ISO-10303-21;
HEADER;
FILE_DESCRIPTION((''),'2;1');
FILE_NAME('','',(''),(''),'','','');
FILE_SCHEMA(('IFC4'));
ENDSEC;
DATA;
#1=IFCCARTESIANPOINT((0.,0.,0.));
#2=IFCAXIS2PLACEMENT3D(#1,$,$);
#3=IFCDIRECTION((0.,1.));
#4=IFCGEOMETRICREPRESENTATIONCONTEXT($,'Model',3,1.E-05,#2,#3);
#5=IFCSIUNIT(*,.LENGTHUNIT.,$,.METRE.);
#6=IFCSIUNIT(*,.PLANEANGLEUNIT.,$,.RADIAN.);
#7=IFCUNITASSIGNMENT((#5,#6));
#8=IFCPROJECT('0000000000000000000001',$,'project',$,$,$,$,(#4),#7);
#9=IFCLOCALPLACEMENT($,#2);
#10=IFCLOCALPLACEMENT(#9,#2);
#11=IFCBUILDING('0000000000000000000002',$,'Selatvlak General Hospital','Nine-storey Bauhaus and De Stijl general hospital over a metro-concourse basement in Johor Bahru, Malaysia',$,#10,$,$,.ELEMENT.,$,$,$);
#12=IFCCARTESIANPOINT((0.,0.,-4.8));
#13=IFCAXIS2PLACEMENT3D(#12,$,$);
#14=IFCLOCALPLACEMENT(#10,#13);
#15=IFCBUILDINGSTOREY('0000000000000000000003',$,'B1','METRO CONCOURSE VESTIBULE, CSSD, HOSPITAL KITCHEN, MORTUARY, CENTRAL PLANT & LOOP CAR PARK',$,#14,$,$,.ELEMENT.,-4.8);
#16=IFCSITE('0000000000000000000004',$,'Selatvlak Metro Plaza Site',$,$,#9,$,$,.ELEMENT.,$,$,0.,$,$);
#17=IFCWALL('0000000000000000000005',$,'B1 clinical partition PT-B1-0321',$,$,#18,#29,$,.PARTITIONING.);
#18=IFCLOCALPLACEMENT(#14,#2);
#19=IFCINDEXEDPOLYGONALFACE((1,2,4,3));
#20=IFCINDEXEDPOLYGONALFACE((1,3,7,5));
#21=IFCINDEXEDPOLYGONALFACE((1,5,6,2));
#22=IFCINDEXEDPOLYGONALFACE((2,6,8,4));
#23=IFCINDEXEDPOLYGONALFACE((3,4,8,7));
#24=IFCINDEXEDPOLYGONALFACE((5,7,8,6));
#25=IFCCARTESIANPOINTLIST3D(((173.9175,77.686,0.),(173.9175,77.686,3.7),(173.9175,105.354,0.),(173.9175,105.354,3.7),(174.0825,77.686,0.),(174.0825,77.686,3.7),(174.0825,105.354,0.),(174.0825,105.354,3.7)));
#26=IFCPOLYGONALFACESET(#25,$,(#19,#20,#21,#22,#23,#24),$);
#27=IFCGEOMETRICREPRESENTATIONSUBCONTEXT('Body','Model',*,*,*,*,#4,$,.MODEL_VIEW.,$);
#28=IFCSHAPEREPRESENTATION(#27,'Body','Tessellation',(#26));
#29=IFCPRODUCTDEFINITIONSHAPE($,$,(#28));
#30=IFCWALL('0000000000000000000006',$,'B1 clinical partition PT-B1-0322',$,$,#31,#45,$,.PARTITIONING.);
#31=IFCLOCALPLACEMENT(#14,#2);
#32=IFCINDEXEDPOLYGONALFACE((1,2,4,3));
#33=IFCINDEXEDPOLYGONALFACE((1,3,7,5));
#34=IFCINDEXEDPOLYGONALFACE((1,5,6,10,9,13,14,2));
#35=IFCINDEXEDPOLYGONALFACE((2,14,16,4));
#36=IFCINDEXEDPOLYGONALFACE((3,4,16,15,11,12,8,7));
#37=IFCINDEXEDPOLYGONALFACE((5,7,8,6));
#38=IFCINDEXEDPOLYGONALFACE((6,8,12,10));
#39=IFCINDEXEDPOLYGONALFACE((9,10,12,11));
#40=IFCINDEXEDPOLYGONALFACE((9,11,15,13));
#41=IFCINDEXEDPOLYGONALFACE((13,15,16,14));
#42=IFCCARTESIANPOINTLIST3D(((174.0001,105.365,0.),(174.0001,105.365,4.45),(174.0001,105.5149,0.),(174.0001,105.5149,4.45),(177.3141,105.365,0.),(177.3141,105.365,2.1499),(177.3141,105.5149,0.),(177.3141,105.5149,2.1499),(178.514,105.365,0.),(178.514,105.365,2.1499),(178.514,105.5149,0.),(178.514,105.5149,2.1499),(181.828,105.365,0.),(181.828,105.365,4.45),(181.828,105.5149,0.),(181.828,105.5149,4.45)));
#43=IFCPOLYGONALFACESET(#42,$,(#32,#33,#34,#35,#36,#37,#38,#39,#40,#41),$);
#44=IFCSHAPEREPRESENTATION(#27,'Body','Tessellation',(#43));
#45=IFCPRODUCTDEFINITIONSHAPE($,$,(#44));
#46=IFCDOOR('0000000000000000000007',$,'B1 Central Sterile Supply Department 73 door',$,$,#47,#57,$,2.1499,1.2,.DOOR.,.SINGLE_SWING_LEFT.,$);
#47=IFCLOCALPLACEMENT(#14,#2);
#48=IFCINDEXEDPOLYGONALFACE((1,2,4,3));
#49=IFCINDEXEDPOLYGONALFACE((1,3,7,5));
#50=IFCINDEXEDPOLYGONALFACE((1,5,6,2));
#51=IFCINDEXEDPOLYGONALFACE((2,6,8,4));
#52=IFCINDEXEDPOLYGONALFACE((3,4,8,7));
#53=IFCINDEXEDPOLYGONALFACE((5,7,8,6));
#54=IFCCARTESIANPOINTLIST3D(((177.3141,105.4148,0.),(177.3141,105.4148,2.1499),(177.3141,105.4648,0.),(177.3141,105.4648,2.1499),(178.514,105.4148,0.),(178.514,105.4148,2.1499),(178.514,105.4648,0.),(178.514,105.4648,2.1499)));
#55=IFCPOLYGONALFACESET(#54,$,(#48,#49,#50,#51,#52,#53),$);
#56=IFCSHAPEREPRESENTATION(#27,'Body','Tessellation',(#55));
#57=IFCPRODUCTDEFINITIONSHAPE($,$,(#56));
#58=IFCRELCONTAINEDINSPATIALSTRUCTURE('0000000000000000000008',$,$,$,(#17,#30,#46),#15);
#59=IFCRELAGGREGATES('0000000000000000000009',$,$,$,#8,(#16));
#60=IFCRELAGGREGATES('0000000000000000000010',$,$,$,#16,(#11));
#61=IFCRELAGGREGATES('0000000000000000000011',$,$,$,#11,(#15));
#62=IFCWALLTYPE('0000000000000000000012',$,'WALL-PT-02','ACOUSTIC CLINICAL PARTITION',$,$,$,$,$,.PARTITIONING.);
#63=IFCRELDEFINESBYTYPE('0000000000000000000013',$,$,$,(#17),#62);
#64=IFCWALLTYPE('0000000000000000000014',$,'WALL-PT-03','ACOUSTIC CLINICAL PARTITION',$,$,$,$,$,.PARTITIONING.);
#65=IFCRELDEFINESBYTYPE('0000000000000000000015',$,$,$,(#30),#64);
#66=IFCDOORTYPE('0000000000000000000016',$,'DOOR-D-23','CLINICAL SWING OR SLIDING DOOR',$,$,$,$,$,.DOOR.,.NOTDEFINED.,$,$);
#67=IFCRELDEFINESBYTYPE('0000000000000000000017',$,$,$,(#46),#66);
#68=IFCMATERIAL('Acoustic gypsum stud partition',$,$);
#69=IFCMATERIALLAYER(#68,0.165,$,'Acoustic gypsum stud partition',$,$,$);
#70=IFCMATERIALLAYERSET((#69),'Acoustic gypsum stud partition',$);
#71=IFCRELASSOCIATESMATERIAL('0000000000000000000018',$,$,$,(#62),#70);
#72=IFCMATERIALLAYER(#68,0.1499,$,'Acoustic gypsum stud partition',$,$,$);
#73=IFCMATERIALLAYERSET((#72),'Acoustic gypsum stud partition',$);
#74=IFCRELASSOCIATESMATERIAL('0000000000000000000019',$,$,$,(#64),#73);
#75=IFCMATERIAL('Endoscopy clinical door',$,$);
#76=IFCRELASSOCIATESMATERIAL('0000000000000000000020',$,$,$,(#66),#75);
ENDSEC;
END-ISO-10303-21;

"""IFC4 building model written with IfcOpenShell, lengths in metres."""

from ifc_helpers import new_model, si_unit, direction, frame, frame_2d, origin, place, context, subcontext, project, spatial, rectangle, extrude, material, layer, layer_set, type_object, element, fill, save


model = new_model("IFC4")

# Units and contexts
model_context = context("Model", 3, precision=1e-05, world=origin(), true_north=direction((0.0, 1.0)))
body_context = subcontext(model_context, "Body", "Model", "MODEL_VIEW")
ifc_project = project(units=[si_unit("LENGTHUNIT", "METRE"), si_unit("PLANEANGLEUNIT", "RADIAN")], contexts=[model_context])

# Site, building, storey
site_placement = place(None, origin())
site = spatial("IfcSite", under=ifc_project, at=site_placement, Name="Selatvlak Metro Plaza Site", CompositionType="ELEMENT", RefElevation=0.0)
building_placement = place(site_placement, origin())
building = spatial("IfcBuilding", under=site, at=building_placement, Name="Selatvlak General Hospital", Description="Nine-storey Bauhaus and De Stijl general hospital over a metro-concourse basement in Johor Bahru, Malaysia", CompositionType="ELEMENT")
storey_placement = place(building_placement, frame((0.0, 0.0, -4.8)))
storey = spatial("IfcBuildingStorey", under=building, at=storey_placement, Name="B1", Description="METRO CONCOURSE VESTIBULE, CSSD, HOSPITAL KITCHEN, MORTUARY, CENTRAL PLANT & LOOP CAR PARK", CompositionType="ELEMENT", Elevation=-4.8)

# Wall
ifc_material_1 = material(Name="Acoustic gypsum stud partition")
ifc_layer_1 = layer(ifc_material_1, 0.165, Name="Acoustic gypsum stud partition")
ifc_layer_set_1 = layer_set([ifc_layer_1], Name="Acoustic gypsum stud partition")
wall_type_1 = type_object("IfcWallType", Name="WALL-PT-02", Description="ACOUSTIC CLINICAL PARTITION", PredefinedType="PARTITIONING", material=ifc_layer_set_1)
wall_1_placement = place(storey_placement, frame((174.0, 105.354, 0.0), z_axis=(0.0, 0.0, 1.0), x_axis=(0.0, -1.0, 0.0)))
element("IfcWall", 1, at=wall_1_placement, inside=storey, type_object=wall_type_1, Name="B1 clinical partition PT-B1-0321", PredefinedType="PARTITIONING", context=body_context, shape_type="SweptSolid", body=[
    extrude(rectangle(XDim=27.668, YDim=0.165, at=frame_2d((13.834, 0.0))), origin(), (0.0, 0.0, 1.0), 3.7),
])

# Wall, opening, door
ifc_layer_2 = layer(ifc_material_1, 0.1499, Name="Acoustic gypsum stud partition")
ifc_layer_set_2 = layer_set([ifc_layer_2], Name="Acoustic gypsum stud partition")
wall_type_2 = type_object("IfcWallType", Name="WALL-PT-03", Description="ACOUSTIC CLINICAL PARTITION", PredefinedType="PARTITIONING", material=ifc_layer_set_2)
wall_2_placement = place(storey_placement, frame((174.0, 105.4399, 0.0), z_axis=(0.0, 0.0, 1.0), x_axis=(1.0, 0.0, 0.0)))
wall_2 = element("IfcWall", 2, at=wall_2_placement, inside=storey, type_object=wall_type_2, Name="B1 clinical partition PT-B1-0322", PredefinedType="PARTITIONING", context=body_context, shape_type="SweptSolid", body=[
    extrude(rectangle(XDim=7.8279, YDim=0.1499, at=frame_2d((3.9141, 0.0))), origin(), (0.0, 0.0, 1.0), 4.45),
])
opening_placement = place(wall_2_placement, frame((3.314, 0.0, 0.0)))
opening = element("IfcOpeningElement", 3, at=opening_placement, cuts=wall_2, PredefinedType="OPENING", context=body_context, shape_type="SweptSolid", body=[
    extrude(rectangle(XDim=1.2, YDim=2.1499, at=frame_2d((0.6001, 1.075))), frame((0.0, 0.085, 0.0), z_axis=(0.0, -1.0, 0.0), x_axis=(1.0, 0.0, 0.0)), (0.0, 0.0, 1.0), 0.1699),
])
ifc_material_2 = material(Name="Endoscopy clinical door")
door_type = type_object("IfcDoorType", Name="DOOR-D-23", Description="CLINICAL SWING OR SLIDING DOOR", OperationType="NOTDEFINED", PredefinedType="DOOR", material=ifc_material_2)
door_placement = place(opening_placement, origin())
door = element("IfcDoor", 4, at=door_placement, inside=storey, type_object=door_type, Name="B1 Central Sterile Supply Department 73 door", OperationType="SINGLE_SWING_LEFT", OverallHeight=2.1499, OverallWidth=1.2, PredefinedType="DOOR", context=body_context, shape_type="SweptSolid", body=[
    extrude(rectangle(XDim=1.2, YDim=2.1499, at=frame_2d((0.6001, 1.075))), frame((0.0, 0.0249, 0.0), z_axis=(0.0, -1.0, 0.0), x_axis=(1.0, 0.0, 0.0)), (0.0, 0.0, 1.0), 0.05),
])
fill(opening, door)

save(model, "model.ifc")
